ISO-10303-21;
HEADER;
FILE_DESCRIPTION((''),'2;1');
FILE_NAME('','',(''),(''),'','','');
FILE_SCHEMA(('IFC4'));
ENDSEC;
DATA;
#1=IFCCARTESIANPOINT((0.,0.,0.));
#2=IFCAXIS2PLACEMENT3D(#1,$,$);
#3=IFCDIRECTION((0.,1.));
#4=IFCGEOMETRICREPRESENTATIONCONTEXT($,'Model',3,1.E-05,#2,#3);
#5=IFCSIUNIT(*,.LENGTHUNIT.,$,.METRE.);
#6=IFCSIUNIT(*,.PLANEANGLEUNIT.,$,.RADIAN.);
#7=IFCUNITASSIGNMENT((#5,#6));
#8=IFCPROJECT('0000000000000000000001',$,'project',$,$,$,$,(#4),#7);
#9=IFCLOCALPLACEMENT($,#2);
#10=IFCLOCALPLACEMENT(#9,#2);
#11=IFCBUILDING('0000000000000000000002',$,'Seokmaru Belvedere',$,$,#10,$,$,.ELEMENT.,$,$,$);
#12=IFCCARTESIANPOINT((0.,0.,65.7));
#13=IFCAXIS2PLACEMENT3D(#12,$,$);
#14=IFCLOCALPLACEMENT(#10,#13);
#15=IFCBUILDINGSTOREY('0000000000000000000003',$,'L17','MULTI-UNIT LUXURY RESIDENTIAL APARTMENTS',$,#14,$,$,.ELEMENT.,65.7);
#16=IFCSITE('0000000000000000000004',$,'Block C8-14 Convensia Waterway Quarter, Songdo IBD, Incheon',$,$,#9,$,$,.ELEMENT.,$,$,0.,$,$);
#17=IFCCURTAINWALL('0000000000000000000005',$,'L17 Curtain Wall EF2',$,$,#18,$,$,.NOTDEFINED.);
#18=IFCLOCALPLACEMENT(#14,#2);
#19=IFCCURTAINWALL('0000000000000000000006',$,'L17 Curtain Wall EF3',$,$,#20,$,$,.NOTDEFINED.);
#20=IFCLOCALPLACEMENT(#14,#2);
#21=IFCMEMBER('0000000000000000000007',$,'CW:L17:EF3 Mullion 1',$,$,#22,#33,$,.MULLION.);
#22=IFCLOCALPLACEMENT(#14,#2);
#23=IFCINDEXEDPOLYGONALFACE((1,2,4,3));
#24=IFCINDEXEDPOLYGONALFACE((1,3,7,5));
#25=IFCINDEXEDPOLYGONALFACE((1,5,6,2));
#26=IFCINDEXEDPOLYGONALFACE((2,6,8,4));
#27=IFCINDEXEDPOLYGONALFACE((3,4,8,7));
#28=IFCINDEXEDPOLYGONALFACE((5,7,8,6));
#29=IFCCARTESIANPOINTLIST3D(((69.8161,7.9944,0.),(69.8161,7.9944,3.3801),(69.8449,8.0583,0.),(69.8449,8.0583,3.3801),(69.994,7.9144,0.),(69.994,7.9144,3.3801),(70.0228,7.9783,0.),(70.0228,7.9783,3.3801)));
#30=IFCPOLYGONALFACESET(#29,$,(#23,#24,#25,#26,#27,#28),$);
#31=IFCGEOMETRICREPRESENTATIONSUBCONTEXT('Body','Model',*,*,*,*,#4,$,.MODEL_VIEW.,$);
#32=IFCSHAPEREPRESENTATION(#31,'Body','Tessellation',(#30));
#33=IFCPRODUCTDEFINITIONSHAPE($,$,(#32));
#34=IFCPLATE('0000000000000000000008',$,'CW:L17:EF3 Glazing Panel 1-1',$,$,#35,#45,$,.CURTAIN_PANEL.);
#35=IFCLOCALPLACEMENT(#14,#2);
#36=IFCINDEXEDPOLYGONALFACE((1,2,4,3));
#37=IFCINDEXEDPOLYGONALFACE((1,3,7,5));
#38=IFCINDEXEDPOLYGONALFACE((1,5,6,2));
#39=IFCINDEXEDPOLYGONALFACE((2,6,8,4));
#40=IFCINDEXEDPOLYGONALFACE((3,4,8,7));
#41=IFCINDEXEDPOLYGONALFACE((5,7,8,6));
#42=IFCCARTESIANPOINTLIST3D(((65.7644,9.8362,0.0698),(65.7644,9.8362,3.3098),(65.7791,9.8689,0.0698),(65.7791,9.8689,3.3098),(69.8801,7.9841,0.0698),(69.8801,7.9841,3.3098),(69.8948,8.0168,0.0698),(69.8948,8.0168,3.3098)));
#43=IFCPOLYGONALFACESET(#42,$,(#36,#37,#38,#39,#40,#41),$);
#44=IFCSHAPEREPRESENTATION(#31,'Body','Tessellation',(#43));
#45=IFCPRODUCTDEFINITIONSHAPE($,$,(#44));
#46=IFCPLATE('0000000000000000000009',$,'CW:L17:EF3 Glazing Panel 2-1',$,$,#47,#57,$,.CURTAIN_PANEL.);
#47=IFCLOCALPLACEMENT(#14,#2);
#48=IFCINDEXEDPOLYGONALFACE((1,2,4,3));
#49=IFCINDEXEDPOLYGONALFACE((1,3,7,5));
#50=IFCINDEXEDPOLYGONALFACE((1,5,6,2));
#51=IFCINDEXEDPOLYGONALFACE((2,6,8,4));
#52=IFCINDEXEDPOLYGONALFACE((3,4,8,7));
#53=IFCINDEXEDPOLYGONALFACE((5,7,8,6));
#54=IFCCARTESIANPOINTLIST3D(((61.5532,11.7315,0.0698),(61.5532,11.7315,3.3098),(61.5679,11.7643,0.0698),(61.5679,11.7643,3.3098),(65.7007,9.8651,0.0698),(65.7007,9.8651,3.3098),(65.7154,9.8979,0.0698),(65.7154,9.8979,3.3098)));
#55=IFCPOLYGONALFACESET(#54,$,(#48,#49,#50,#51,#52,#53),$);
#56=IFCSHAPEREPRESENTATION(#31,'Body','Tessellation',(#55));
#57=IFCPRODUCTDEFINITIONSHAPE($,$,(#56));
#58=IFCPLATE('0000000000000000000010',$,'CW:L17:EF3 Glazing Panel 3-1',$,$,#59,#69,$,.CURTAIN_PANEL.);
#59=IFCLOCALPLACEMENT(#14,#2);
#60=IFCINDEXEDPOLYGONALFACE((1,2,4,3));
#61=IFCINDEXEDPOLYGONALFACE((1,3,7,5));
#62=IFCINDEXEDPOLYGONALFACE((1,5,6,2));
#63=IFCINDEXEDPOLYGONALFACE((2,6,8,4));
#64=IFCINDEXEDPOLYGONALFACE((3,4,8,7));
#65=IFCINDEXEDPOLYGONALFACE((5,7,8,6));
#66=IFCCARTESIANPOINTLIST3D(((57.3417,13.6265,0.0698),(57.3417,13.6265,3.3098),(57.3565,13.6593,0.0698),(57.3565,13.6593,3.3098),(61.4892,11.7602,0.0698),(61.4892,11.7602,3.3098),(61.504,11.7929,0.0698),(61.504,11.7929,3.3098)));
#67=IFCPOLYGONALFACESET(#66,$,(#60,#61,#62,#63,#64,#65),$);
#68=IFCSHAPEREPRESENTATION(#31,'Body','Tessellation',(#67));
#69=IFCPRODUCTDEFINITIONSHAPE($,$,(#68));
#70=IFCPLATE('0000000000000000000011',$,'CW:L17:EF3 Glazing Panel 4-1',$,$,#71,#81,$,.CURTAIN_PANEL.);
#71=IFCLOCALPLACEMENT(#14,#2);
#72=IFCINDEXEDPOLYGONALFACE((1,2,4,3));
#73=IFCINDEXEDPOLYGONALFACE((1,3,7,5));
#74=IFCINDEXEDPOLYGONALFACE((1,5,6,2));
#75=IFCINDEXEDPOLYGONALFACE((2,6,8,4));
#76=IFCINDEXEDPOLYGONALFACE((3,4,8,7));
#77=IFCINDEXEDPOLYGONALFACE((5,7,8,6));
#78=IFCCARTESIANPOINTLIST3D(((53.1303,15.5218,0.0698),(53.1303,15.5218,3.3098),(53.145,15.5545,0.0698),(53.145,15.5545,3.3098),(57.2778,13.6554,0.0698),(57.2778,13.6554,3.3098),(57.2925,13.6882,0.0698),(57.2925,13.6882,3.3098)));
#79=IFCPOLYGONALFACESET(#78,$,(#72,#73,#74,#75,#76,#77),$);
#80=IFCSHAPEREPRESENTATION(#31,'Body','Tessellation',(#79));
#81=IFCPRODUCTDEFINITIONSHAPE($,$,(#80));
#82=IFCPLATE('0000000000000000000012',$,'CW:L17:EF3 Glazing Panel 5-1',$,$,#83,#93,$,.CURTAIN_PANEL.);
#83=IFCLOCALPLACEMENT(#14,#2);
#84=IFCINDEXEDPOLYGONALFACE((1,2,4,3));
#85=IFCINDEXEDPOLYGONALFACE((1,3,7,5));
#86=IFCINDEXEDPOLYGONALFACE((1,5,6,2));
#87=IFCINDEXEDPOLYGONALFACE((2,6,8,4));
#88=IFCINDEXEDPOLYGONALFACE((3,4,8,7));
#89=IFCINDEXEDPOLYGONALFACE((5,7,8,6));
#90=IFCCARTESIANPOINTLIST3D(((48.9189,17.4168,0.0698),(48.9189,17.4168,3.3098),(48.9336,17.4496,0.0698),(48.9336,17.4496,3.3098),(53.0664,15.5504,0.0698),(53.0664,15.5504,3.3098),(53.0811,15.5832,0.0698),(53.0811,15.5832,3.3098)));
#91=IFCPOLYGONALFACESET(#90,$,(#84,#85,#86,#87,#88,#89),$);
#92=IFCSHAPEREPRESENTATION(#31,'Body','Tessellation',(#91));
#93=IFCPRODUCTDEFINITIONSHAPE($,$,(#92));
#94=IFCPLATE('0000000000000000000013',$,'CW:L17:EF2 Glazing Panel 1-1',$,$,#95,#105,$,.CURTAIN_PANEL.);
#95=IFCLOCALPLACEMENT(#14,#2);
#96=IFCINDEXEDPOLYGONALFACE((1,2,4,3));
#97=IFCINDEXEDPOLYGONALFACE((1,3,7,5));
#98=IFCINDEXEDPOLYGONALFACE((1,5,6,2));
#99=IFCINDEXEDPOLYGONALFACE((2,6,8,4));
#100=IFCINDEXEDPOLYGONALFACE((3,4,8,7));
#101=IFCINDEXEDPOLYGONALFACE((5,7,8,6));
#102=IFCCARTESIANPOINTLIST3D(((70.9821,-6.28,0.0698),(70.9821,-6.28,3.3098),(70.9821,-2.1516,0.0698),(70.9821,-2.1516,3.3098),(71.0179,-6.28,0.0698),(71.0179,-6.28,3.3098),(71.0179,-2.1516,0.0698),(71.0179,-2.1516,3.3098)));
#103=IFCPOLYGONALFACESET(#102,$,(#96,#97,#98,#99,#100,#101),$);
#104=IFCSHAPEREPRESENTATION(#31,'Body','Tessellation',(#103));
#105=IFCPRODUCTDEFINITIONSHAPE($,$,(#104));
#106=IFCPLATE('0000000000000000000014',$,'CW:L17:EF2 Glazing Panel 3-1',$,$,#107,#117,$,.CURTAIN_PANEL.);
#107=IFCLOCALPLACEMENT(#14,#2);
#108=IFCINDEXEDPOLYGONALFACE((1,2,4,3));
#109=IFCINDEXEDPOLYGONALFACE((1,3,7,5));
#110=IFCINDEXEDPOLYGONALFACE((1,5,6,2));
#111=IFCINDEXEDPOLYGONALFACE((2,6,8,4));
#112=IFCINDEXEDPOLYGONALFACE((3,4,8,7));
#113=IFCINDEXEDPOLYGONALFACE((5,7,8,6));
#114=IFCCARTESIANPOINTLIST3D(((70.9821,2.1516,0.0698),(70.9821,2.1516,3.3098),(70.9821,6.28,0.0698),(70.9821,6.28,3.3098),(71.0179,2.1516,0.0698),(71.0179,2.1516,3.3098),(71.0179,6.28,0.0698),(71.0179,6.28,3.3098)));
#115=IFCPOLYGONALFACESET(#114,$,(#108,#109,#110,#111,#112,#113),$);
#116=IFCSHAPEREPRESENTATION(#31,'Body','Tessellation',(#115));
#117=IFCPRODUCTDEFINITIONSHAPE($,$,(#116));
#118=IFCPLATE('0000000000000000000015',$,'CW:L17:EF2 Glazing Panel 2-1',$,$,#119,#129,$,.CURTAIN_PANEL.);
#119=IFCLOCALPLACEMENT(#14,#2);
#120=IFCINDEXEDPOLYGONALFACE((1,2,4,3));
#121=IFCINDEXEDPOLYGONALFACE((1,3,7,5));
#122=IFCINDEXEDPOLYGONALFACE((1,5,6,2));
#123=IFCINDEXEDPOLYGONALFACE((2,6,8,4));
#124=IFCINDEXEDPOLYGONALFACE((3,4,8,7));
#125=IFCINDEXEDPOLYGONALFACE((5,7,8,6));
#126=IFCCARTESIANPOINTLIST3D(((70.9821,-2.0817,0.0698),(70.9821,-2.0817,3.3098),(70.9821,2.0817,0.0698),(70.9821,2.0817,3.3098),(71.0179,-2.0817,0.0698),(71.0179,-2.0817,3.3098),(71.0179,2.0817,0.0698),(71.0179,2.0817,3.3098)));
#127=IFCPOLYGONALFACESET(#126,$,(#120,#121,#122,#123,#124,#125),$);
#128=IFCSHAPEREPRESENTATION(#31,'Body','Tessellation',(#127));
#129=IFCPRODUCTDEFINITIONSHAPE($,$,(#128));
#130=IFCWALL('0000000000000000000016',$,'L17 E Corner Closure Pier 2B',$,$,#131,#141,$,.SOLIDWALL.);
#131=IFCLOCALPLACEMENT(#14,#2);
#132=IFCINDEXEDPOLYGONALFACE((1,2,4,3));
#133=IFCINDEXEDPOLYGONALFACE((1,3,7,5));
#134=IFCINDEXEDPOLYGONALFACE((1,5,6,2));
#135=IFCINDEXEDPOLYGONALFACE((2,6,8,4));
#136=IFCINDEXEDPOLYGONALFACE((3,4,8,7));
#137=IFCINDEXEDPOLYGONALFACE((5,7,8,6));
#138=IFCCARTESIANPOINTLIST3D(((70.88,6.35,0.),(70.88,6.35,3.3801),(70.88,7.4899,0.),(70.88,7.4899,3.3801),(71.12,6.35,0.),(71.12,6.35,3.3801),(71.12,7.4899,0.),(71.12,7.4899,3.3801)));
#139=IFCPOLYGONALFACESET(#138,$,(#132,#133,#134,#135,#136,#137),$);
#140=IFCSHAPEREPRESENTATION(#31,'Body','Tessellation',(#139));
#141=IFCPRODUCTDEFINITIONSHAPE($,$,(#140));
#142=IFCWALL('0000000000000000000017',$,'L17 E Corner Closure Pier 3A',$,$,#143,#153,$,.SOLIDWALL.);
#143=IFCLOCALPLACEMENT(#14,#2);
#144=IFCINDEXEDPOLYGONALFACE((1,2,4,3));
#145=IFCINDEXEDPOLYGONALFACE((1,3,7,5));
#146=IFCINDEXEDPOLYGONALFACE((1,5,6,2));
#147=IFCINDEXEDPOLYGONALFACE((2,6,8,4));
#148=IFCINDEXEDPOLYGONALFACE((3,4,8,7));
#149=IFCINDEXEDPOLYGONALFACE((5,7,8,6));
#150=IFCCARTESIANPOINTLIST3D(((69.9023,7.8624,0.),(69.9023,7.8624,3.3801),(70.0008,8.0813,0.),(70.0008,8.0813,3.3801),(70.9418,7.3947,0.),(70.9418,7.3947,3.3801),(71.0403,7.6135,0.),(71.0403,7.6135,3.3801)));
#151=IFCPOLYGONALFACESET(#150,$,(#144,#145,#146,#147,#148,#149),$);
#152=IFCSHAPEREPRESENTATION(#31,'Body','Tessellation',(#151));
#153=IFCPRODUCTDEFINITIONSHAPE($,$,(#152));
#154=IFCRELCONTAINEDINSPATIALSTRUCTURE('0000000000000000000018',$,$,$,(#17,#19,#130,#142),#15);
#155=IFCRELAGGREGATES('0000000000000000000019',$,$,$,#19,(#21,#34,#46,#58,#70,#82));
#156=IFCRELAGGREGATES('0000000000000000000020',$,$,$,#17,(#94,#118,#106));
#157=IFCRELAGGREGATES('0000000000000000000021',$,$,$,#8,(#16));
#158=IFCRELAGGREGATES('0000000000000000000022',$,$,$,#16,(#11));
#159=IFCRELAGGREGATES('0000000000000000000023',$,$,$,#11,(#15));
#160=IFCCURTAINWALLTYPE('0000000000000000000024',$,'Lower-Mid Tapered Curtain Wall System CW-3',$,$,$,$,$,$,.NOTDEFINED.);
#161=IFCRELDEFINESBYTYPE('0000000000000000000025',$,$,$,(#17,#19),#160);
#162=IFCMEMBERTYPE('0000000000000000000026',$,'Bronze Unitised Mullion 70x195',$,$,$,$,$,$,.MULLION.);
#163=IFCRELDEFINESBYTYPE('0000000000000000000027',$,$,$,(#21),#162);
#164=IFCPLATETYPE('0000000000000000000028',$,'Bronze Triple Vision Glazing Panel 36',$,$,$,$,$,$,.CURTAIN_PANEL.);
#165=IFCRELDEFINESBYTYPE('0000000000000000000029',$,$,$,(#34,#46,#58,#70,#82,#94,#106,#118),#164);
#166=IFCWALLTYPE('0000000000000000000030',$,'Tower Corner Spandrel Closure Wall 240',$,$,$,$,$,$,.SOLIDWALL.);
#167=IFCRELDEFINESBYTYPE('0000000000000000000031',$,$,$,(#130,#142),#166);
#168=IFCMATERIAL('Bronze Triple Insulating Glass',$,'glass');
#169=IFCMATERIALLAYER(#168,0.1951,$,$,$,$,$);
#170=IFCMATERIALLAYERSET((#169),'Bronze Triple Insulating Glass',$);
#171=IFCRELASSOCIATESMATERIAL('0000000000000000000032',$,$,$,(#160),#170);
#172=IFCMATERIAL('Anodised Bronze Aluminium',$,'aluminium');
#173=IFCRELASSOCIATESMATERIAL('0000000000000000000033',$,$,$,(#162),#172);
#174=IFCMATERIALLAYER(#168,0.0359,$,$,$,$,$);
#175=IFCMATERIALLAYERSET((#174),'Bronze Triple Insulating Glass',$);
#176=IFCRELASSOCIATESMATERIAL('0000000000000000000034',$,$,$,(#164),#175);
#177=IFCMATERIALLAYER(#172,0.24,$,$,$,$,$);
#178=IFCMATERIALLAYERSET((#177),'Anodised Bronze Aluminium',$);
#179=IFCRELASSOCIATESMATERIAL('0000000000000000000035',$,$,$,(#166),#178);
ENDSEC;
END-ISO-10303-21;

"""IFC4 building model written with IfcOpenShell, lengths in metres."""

from ifc_helpers import new_model, si_unit, direction, frame, frame_2d, origin, origin_2d, place, context, subcontext, project, spatial, rectangle, extrude, source, transform, mapped, material, layer, layer_set, material_profile, profile_set, type_object, type_shapes, element, aggregate, save


model = new_model("IFC4")

# Units and contexts
model_context = context("Model", 3, precision=1e-05, world=origin(), true_north=direction((0.0, 1.0)))
body_context = subcontext(model_context, "Body", "Model", "MODEL_VIEW")
ifc_project = project(units=[si_unit("LENGTHUNIT", "METRE"), si_unit("PLANEANGLEUNIT", "RADIAN")], contexts=[model_context])

# Site, building, storey
site_placement = place(None, origin())
site = spatial("IfcSite", under=ifc_project, at=site_placement, Name="Block C8-14 Convensia Waterway Quarter, Songdo IBD, Incheon", CompositionType="ELEMENT", RefElevation=0.0)
building_placement = place(site_placement, origin())
building = spatial("IfcBuilding", under=site, at=building_placement, Name="Seokmaru Belvedere", CompositionType="ELEMENT")
storey_placement = place(building_placement, frame((0.0, 0.0, 65.7)))
storey = spatial("IfcBuildingStorey", under=building, at=storey_placement, Name="L17", Description="MULTI-UNIT LUXURY RESIDENTIAL APARTMENTS", CompositionType="ELEMENT", Elevation=65.7)

# Curtain walls
ifc_material_1 = material(Name="Bronze Triple Insulating Glass", Category="glass")
ifc_layer_1 = layer(ifc_material_1, 0.1951)
ifc_layer_set_1 = layer_set([ifc_layer_1], Name="Bronze Triple Insulating Glass")
curtain_wall_type = type_object("IfcCurtainWallType", Name="Lower-Mid Tapered Curtain Wall System CW-3", PredefinedType="NOTDEFINED", material=ifc_layer_set_1)
curtain_wall_1_placement = place(storey_placement, origin())
curtain_wall_1 = element("IfcCurtainWall", 1, at=curtain_wall_1_placement, inside=storey, type_object=curtain_wall_type, Name="L17 Curtain Wall EF2", PredefinedType="NOTDEFINED")
ifc_material_2 = material(Name="Anodised Bronze Aluminium", Category="aluminium")
ifc_material_profile_1 = material_profile(ifc_material_2, rectangle(XDim=0.0701, YDim=0.1951, at=origin_2d()), Name="CW-M-70x195")
ifc_profile_set_1 = profile_set([ifc_material_profile_1], Name="Anodised Bronze Aluminium")
member_type_1 = type_object("IfcMemberType", Name="Bronze Unitised Mullion 70x195", PredefinedType="MULLION", material=ifc_profile_set_1)
curtain_wall_2_placement = place(storey_placement, origin())
curtain_wall_2 = element("IfcCurtainWall", 2, at=curtain_wall_2_placement, inside=storey, type_object=curtain_wall_type, Name="L17 Curtain Wall EF3", PredefinedType="NOTDEFINED")

# Member
shared_shape_1 = source(origin(), body_context, "Body", "SweptSolid", [
    extrude(rectangle(XDim=0.0701, YDim=0.1951, at=origin_2d()), origin(), (0.0, 0.0, 1.0), 3.3801),
])
member_1_placement = place(storey_placement, frame((69.9194, 7.9863, 0.0), z_axis=(0.0, 0.0, 1.0), x_axis=(-0.410366, -0.911921, 0.0)))
member_1 = element("IfcMember", 3, at=member_1_placement, type_object=member_type_1, Name="CW:L17:EF3 Mullion 1", PredefinedType="MULLION", context=body_context, shape_type="MappedRepresentation", body=[
    mapped(shared_shape_1, transform((0.0, 0.0, 0.0), scale=1.0)),
])

# Plates
ifc_layer_2 = layer(ifc_material_1, 0.0359)
ifc_layer_set_2 = layer_set([ifc_layer_2], Name="Bronze Triple Insulating Glass")
plate_type = type_object("IfcPlateType", Name="Bronze Triple Vision Glazing Panel 36", PredefinedType="CURTAIN_PANEL", material=ifc_layer_set_2)
shared_shape_2 = source(origin(), body_context, "Body", "SweptSolid", [
    extrude(rectangle(XDim=4.5132, YDim=0.0359, at=origin_2d()), origin(), (0.0, 0.0, 1.0), 3.24),
])
plate_1_placement = place(storey_placement, frame((67.8296, 8.9265, 0.0698), z_axis=(0.0, 0.0, 1.0), x_axis=(-0.911921, 0.410366, 0.0)))
plate_1 = element("IfcPlate", 4, at=plate_1_placement, type_object=plate_type, Name="CW:L17:EF3 Glazing Panel 1-1", PredefinedType="CURTAIN_PANEL", context=body_context, shape_type="MappedRepresentation", body=[
    mapped(shared_shape_2, transform((0.0, 0.0, 0.0), scale=1.0)),
])
shared_shape_3 = source(origin(), body_context, "Body", "SweptSolid", [
    extrude(rectangle(XDim=4.5481, YDim=0.0359, at=origin_2d()), origin(), (0.0, 0.0, 1.0), 3.24),
])
plate_2_placement = place(storey_placement, frame((63.6343, 10.8147, 0.0698), z_axis=(0.0, 0.0, 1.0), x_axis=(-0.911921, 0.410366, 0.0)))
plate_2 = element("IfcPlate", 5, at=plate_2_placement, type_object=plate_type, Name="CW:L17:EF3 Glazing Panel 2-1", PredefinedType="CURTAIN_PANEL", context=body_context, shape_type="MappedRepresentation", body=[
    mapped(shared_shape_3, transform((0.0, 0.0, 0.0), scale=1.0)),
])
plate_3_placement = place(storey_placement, frame((59.4229, 12.7097, 0.0698), z_axis=(0.0, 0.0, 1.0), x_axis=(-0.911921, 0.410366, 0.0)))
plate_3 = element("IfcPlate", 6, at=plate_3_placement, type_object=plate_type, Name="CW:L17:EF3 Glazing Panel 3-1", PredefinedType="CURTAIN_PANEL", context=body_context, shape_type="MappedRepresentation", body=[
    mapped(shared_shape_3, transform((0.0, 0.0, 0.0), scale=1.0)),
])
plate_4_placement = place(storey_placement, frame((55.2114, 14.605, 0.0698), z_axis=(0.0, 0.0, 1.0), x_axis=(-0.911921, 0.410366, 0.0)))
plate_4 = element("IfcPlate", 7, at=plate_4_placement, type_object=plate_type, Name="CW:L17:EF3 Glazing Panel 4-1", PredefinedType="CURTAIN_PANEL", context=body_context, shape_type="MappedRepresentation", body=[
    mapped(shared_shape_3, transform((0.0, 0.0, 0.0), scale=1.0)),
])
plate_5_placement = place(storey_placement, frame((51.0, 16.5, 0.0698), z_axis=(0.0, 0.0, 1.0), x_axis=(-0.911921, 0.410366, 0.0)))
plate_5 = element("IfcPlate", 8, at=plate_5_placement, type_object=plate_type, Name="CW:L17:EF3 Glazing Panel 5-1", PredefinedType="CURTAIN_PANEL", context=body_context, shape_type="MappedRepresentation", body=[
    mapped(shared_shape_3, transform((0.0, 0.0, 0.0), scale=1.0)),
])
aggregate(curtain_wall_2, [member_1, plate_1, plate_2, plate_3, plate_4, plate_5])
shared_shape_4 = source(origin(), body_context, "Body", "SweptSolid", [
    extrude(rectangle(XDim=4.1284, YDim=0.0359, at=origin_2d()), origin(), (0.0, 0.0, 1.0), 3.24),
])
plate_6_placement = place(storey_placement, frame((71.0, -4.2158, 0.0698), z_axis=(0.0, 0.0, 1.0), x_axis=(0.0, 1.0, 0.0)))
plate_6 = element("IfcPlate", 9, at=plate_6_placement, type_object=plate_type, Name="CW:L17:EF2 Glazing Panel 1-1", PredefinedType="CURTAIN_PANEL", context=body_context, shape_type="MappedRepresentation", body=[
    mapped(shared_shape_4, transform((0.0, 0.0, 0.0), scale=1.0)),
])
plate_7_placement = place(storey_placement, frame((71.0, 4.2158, 0.0698), z_axis=(0.0, 0.0, 1.0), x_axis=(0.0, 1.0, 0.0)))
plate_7 = element("IfcPlate", 10, at=plate_7_placement, type_object=plate_type, Name="CW:L17:EF2 Glazing Panel 3-1", PredefinedType="CURTAIN_PANEL", context=body_context, shape_type="MappedRepresentation", body=[
    mapped(shared_shape_4, transform((0.0, 0.0, 0.0), scale=1.0)),
])
shared_shape_5 = source(origin(), body_context, "Body", "SweptSolid", [
    extrude(rectangle(XDim=4.1633, YDim=0.0359, at=origin_2d()), origin(), (0.0, 0.0, 1.0), 3.24),
])
type_shapes(plate_type, [shared_shape_2, shared_shape_3, shared_shape_4, shared_shape_5])
plate_8_placement = place(storey_placement, frame((71.0, 0.0, 0.0698), z_axis=(0.0, 0.0, 1.0), x_axis=(0.0, 1.0, 0.0)))
plate_8 = element("IfcPlate", 11, at=plate_8_placement, type_object=plate_type, Name="CW:L17:EF2 Glazing Panel 2-1", PredefinedType="CURTAIN_PANEL", context=body_context, shape_type="MappedRepresentation", body=[
    mapped(shared_shape_5, transform((0.0, 0.0, 0.0), scale=1.0)),
])
aggregate(curtain_wall_1, [plate_6, plate_8, plate_7])

# Walls
ifc_layer_3 = layer(ifc_material_2, 0.24)
ifc_layer_set_3 = layer_set([ifc_layer_3], Name="Anodised Bronze Aluminium")
wall_type = type_object("IfcWallType", Name="Tower Corner Spandrel Closure Wall 240", PredefinedType="SOLIDWALL", material=ifc_layer_set_3)
for number, where, z_axis, x_axis, name in (
    (12, (71.0, 6.3501, 0.0), (0.0, 0.0, 1.0), (0.0, 1.0, 0.0), "L17 E Corner Closure Pier 2B"),
    (13, (70.991, 7.5042, 0.0), (0.0, 0.0, 1.0), (-0.91193, 0.410347, 0.0), "L17 E Corner Closure Pier 3A"),
):
    element("IfcWall", number, at=place(storey_placement, frame(where, z_axis=z_axis, x_axis=x_axis)), inside=storey, type_object=wall_type, Name=name, PredefinedType="SOLIDWALL", context=body_context, shape_type="SweptSolid", body=[
        extrude(rectangle(XDim=1.1399, YDim=0.24, at=frame_2d((0.5698, 0.0))), origin(), (0.0, 0.0, 1.0), 3.3801),
    ])

save(model, "model.ifc")
